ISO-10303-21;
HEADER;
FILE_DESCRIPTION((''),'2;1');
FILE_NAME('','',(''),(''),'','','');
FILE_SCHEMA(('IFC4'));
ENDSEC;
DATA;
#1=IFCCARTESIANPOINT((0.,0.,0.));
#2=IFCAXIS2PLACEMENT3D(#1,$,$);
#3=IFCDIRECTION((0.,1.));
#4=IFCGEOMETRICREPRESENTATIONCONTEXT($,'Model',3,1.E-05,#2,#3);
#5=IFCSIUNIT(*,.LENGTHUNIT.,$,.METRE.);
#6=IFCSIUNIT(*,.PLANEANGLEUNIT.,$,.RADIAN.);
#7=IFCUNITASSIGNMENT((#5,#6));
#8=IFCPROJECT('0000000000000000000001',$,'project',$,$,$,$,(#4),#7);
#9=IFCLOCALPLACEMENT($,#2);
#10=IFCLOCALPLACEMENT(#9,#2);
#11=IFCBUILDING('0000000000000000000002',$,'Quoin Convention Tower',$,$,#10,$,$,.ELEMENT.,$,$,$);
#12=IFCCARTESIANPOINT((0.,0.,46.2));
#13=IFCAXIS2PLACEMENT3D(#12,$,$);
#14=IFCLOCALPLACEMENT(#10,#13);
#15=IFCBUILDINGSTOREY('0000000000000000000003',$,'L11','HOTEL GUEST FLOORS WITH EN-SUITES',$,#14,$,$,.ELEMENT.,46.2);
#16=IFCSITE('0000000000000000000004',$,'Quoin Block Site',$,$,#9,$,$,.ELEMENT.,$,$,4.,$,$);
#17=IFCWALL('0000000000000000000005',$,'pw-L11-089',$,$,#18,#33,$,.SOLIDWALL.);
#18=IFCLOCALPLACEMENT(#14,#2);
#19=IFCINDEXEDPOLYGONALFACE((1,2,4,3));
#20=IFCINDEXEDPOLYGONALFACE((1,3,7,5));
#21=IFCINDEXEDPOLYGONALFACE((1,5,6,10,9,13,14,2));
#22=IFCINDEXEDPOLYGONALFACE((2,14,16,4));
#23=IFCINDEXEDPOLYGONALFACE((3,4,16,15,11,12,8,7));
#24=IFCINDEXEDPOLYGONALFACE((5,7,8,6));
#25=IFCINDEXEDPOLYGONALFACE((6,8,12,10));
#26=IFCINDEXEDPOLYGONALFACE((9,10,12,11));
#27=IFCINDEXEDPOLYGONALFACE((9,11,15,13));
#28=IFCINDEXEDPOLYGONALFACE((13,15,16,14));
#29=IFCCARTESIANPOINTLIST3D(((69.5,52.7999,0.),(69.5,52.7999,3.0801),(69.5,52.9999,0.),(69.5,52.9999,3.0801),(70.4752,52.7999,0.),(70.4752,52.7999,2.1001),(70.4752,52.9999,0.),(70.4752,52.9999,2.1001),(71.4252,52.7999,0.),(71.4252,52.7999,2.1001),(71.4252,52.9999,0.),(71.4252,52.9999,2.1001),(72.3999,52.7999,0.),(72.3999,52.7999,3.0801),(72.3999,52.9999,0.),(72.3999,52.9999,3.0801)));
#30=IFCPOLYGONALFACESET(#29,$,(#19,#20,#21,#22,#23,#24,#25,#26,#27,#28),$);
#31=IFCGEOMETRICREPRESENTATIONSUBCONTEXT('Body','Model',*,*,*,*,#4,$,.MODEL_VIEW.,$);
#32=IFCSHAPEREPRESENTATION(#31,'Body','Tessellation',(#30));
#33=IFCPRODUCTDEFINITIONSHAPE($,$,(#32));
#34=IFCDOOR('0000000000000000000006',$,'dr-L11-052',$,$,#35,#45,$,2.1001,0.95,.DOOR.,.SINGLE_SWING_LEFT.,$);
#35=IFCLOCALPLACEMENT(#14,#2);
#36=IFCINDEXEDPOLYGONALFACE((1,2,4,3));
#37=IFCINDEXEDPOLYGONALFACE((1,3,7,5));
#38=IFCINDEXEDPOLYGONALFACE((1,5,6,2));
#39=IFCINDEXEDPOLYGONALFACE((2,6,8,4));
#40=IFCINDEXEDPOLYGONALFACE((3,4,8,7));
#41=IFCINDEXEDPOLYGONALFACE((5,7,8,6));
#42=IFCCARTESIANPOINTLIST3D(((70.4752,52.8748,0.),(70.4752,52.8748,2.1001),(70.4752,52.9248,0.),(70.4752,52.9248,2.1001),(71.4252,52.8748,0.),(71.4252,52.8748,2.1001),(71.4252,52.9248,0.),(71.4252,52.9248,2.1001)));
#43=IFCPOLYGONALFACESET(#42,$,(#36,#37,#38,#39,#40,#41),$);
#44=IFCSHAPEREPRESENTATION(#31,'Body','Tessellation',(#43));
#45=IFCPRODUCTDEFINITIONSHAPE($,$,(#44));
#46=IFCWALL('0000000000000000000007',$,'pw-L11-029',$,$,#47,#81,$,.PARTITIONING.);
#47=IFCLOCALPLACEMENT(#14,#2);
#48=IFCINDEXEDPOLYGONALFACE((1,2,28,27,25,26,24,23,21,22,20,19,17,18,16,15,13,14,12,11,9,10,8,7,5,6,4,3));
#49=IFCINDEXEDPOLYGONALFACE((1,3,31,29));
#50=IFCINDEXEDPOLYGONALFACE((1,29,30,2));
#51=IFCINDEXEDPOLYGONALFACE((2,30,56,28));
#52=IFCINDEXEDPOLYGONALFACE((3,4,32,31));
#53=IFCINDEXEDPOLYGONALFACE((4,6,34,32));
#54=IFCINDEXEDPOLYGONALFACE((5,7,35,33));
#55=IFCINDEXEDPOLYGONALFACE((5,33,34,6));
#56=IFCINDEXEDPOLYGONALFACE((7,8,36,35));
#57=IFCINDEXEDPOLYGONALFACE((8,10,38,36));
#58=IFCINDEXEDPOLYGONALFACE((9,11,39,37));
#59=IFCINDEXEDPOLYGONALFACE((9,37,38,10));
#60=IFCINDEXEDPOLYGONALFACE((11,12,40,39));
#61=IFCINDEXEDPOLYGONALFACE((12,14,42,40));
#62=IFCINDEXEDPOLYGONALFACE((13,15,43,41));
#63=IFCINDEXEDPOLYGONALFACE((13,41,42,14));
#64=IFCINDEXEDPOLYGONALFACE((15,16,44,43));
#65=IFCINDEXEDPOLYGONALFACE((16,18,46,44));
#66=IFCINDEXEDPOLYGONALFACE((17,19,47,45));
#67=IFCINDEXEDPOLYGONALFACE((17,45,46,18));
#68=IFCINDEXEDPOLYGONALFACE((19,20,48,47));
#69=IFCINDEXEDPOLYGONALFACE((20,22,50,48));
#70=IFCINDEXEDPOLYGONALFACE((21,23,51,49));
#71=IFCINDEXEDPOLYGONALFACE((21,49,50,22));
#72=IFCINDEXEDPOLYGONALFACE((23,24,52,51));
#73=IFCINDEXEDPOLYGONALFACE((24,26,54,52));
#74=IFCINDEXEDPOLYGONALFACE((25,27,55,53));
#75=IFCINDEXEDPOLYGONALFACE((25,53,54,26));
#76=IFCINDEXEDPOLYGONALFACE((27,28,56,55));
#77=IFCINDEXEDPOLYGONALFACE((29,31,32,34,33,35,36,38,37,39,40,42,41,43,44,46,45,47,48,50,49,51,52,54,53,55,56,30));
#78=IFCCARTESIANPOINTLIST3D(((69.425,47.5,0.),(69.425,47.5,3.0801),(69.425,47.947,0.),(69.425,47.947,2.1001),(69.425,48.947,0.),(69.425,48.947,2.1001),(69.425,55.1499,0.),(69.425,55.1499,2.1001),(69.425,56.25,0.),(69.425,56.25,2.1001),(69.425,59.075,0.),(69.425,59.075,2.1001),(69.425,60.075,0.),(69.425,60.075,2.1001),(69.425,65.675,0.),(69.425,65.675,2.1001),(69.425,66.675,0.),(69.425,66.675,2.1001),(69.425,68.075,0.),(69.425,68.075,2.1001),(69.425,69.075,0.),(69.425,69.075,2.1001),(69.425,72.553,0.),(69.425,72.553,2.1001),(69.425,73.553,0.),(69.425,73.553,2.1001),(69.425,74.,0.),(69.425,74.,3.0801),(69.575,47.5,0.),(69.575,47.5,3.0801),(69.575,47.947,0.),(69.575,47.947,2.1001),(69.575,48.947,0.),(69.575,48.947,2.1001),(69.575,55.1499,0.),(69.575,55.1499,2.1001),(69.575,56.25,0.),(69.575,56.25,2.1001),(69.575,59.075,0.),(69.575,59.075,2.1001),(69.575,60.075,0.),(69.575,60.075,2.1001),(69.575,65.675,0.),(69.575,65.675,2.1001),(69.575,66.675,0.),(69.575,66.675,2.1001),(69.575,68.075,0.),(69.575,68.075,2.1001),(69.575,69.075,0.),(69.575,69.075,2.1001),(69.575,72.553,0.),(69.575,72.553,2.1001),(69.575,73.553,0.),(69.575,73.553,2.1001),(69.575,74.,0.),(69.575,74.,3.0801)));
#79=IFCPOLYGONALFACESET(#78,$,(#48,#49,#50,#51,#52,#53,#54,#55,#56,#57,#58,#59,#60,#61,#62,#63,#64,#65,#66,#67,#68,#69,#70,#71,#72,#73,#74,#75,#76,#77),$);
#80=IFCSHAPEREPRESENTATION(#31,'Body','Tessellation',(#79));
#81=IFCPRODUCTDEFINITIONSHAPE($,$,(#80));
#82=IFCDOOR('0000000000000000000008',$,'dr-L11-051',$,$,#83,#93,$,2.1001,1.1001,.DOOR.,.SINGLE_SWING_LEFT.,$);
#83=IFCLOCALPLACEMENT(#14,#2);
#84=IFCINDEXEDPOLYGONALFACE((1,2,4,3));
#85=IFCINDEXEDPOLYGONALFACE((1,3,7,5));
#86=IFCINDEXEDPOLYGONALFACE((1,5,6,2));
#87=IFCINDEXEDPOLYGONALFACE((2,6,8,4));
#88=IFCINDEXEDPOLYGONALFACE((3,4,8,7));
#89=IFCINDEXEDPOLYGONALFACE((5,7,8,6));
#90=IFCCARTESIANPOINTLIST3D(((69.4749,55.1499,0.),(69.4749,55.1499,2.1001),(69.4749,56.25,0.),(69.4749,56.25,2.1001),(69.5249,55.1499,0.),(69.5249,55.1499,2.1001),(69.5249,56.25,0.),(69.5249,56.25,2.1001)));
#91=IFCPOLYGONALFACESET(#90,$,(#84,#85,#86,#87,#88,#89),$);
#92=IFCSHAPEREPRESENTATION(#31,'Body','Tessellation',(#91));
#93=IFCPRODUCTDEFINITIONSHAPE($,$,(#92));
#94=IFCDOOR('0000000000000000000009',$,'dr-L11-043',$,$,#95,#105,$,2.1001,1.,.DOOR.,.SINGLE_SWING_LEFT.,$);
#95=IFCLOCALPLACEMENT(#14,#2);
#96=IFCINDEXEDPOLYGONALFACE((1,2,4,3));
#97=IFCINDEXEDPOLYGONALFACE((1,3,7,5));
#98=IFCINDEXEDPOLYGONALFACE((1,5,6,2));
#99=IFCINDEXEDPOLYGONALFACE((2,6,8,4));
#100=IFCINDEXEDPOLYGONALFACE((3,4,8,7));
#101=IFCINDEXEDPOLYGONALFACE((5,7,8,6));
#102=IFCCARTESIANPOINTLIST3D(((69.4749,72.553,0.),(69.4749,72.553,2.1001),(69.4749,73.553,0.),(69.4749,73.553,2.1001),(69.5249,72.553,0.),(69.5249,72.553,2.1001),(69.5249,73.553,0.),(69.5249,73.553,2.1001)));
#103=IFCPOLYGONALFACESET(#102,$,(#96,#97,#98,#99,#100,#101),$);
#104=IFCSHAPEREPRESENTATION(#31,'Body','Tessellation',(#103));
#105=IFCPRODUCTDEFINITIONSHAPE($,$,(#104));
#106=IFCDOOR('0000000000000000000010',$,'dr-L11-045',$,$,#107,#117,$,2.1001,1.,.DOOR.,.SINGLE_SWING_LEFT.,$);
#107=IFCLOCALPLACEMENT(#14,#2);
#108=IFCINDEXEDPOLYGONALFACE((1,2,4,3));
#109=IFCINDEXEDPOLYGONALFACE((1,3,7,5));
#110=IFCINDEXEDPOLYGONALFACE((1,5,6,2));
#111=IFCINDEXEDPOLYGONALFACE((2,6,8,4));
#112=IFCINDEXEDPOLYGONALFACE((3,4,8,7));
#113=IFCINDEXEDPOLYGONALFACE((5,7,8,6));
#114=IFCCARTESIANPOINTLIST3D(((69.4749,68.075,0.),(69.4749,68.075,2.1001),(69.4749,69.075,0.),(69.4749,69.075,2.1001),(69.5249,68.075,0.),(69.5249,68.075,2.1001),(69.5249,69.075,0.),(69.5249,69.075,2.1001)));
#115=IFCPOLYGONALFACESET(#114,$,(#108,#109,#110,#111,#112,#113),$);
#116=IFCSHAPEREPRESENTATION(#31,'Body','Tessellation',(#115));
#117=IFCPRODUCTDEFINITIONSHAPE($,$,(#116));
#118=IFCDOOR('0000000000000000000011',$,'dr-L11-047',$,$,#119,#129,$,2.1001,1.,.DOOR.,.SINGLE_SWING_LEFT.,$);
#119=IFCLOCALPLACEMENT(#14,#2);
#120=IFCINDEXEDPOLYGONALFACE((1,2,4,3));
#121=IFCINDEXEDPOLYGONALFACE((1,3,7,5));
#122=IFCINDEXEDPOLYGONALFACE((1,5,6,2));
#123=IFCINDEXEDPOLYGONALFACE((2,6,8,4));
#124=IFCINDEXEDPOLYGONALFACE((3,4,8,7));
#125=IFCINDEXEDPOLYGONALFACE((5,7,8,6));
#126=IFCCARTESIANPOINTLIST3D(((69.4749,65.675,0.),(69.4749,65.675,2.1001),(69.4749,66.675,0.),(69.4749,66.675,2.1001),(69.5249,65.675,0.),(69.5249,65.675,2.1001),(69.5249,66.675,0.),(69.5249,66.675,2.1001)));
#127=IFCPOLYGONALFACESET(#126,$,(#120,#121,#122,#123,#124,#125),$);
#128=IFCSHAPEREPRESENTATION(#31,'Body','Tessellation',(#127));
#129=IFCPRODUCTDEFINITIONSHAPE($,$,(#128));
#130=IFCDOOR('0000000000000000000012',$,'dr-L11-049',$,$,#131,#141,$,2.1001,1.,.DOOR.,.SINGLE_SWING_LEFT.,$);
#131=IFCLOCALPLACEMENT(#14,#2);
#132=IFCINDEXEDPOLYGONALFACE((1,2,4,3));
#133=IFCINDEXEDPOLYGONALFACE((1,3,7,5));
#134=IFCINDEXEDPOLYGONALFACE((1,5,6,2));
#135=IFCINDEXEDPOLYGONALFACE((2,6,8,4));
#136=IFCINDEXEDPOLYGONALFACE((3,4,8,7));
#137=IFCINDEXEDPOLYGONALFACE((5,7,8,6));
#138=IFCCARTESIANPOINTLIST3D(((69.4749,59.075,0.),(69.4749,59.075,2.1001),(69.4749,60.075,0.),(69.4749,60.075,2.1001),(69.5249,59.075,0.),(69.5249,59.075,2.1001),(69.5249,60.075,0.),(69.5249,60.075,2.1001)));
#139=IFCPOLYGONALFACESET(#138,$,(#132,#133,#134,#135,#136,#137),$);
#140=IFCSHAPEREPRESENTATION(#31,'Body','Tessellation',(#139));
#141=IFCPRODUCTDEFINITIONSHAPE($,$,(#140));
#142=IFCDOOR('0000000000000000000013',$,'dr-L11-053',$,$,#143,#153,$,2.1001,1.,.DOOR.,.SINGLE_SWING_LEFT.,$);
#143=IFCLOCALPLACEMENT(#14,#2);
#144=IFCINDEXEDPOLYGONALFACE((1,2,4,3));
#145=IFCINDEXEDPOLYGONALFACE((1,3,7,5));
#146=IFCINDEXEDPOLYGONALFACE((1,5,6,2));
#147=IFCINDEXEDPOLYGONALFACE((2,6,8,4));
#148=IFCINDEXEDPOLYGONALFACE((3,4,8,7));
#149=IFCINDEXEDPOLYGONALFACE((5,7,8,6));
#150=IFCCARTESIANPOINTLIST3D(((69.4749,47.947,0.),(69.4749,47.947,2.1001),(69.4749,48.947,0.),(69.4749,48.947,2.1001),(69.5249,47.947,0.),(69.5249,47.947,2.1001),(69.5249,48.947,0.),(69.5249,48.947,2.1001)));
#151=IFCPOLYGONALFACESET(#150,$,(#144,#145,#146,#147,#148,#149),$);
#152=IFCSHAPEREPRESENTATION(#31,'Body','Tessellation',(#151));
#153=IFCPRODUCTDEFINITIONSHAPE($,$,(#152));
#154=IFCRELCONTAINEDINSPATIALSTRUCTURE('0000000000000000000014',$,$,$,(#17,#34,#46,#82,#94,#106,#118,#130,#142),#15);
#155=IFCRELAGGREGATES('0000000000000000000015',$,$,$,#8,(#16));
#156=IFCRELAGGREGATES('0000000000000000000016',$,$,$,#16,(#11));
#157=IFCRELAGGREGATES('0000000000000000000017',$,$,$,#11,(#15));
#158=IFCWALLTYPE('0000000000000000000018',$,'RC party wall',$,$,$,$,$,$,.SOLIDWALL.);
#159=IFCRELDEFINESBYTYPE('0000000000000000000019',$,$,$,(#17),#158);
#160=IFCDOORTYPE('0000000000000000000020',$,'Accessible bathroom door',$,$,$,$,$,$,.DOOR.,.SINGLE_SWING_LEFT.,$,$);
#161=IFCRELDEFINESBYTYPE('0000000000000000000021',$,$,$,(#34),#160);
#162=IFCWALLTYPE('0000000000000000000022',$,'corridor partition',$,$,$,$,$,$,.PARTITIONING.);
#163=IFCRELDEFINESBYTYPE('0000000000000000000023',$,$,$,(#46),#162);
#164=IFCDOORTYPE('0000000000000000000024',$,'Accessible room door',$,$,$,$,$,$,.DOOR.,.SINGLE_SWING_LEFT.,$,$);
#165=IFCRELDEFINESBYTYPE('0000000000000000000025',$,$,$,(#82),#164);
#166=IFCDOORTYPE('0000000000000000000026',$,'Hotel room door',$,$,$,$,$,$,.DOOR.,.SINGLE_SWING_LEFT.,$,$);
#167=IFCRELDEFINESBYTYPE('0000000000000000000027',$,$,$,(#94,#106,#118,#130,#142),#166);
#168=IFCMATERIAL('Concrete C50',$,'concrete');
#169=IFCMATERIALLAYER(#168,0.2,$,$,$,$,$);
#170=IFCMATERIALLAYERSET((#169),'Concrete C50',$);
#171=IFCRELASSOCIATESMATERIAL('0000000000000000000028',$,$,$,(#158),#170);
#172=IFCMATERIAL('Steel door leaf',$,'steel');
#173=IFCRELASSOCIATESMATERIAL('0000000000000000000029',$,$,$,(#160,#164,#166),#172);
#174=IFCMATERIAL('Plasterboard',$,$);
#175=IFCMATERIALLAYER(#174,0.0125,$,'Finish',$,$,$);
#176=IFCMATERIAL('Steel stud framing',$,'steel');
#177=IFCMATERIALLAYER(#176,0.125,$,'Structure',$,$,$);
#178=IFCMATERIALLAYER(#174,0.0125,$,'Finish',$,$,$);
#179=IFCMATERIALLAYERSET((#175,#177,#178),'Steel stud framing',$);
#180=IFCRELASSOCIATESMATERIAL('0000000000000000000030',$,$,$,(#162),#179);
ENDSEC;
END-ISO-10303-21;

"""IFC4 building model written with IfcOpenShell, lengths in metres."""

from ifc_helpers import new_model, si_unit, direction, frame, frame_2d, origin, place, context, subcontext, project, spatial, rectangle, extrude, material, layer, layer_set, type_object, element, fill, save


model = new_model("IFC4")

# Units and contexts
model_context = context("Model", 3, precision=1e-05, world=origin(), true_north=direction((0.0, 1.0)))
body_context = subcontext(model_context, "Body", "Model", "MODEL_VIEW")
ifc_project = project(units=[si_unit("LENGTHUNIT", "METRE"), si_unit("PLANEANGLEUNIT", "RADIAN")], contexts=[model_context])

# Site, building, storey
site_placement = place(None, origin())
site = spatial("IfcSite", under=ifc_project, at=site_placement, Name="Quoin Block Site", CompositionType="ELEMENT", RefElevation=4.0)
building_placement = place(site_placement, origin())
building = spatial("IfcBuilding", under=site, at=building_placement, Name="Quoin Convention Tower", CompositionType="ELEMENT")
storey_placement = place(building_placement, frame((0.0, 0.0, 46.2)))
storey = spatial("IfcBuildingStorey", under=building, at=storey_placement, Name="L11", Description="HOTEL GUEST FLOORS WITH EN-SUITES", CompositionType="ELEMENT", Elevation=46.2)

# Shared definitions
ifc_material_1 = material(Name="Plasterboard")
ifc_material_2 = material(Name="Steel stud framing", Category="steel")
ifc_material_3 = material(Name="Concrete C50", Category="concrete")

# Shared definitions
ifc_material_4 = material(Name="Steel door leaf", Category="steel")

# Shared definitions
ifc_layer_1 = layer(ifc_material_3, 0.2)
ifc_layer_set_1 = layer_set([ifc_layer_1], Name="Concrete C50")
wall_type_1 = type_object("IfcWallType", Name="RC party wall", PredefinedType="SOLIDWALL", material=ifc_layer_set_1)

# Wall, opening, door
wall_1_placement = place(storey_placement, frame((69.5, 52.8999, 0.0), z_axis=(0.0, 0.0, 1.0), x_axis=(1.0, 0.0, 0.0)))
wall_1 = element("IfcWall", 1, at=wall_1_placement, inside=storey, type_object=wall_type_1, Name="pw-L11-089", PredefinedType="SOLIDWALL", context=body_context, shape_type="SweptSolid", body=[
    extrude(rectangle(XDim=2.8999, YDim=0.2, at=frame_2d((1.45, 0.0))), origin(), (0.0, 0.0, 1.0), 3.0801),
])
opening_1_placement = place(wall_1_placement, frame((0.9751, 0.0, 0.0)))
opening_1 = element("IfcOpeningElement", 2, at=opening_1_placement, cuts=wall_1, PredefinedType="OPENING", context=body_context, shape_type="SweptSolid", body=[
    extrude(rectangle(XDim=0.95, YDim=2.1001, at=frame_2d((0.4751, 1.05))), frame((0.0, 0.1099, 0.0), z_axis=(0.0, -1.0, 0.0), x_axis=(1.0, 0.0, 0.0)), (0.0, 0.0, 1.0), 0.22),
])
door_type_1 = type_object("IfcDoorType", Name="Accessible bathroom door", OperationType="SINGLE_SWING_LEFT", PredefinedType="DOOR", material=ifc_material_4)
door_1_placement = place(opening_1_placement, origin())
door_1 = element("IfcDoor", 3, at=door_1_placement, inside=storey, type_object=door_type_1, Name="dr-L11-052", OperationType="SINGLE_SWING_LEFT", OverallHeight=2.1001, OverallWidth=0.95, PredefinedType="DOOR", context=body_context, shape_type="SweptSolid", body=[
    extrude(rectangle(XDim=0.95, YDim=2.1001, at=frame_2d((0.4751, 1.05))), frame((0.0, 0.0249, 0.0), z_axis=(0.0, -1.0, 0.0), x_axis=(1.0, 0.0, 0.0)), (0.0, 0.0, 1.0), 0.05),
])
fill(opening_1, door_1)

# Wall, openings, doors
ifc_layer_2 = layer(ifc_material_1, 0.0125, Name="Finish")
ifc_layer_3 = layer(ifc_material_2, 0.125, Name="Structure")
ifc_layer_4 = layer(ifc_material_1, 0.0125, Name="Finish")
ifc_layer_set_2 = layer_set([ifc_layer_2, ifc_layer_3, ifc_layer_4], Name="Steel stud framing")
wall_type_2 = type_object("IfcWallType", Name="corridor partition", PredefinedType="PARTITIONING", material=ifc_layer_set_2)
wall_2_placement = place(storey_placement, frame((69.5, 47.5, 0.0), z_axis=(0.0, 0.0, 1.0), x_axis=(0.0, 1.0, 0.0)))
wall_2 = element("IfcWall", 4, at=wall_2_placement, inside=storey, type_object=wall_type_2, Name="pw-L11-029", PredefinedType="PARTITIONING", context=body_context, shape_type="SweptSolid", body=[
    extrude(rectangle(XDim=26.5, YDim=0.1499, at=frame_2d((13.25, 0.0))), origin(), (0.0, 0.0, 1.0), 3.0801),
])
opening_2_placement = place(wall_2_placement, frame((25.053, 0.0, 0.0)))
opening_2 = element("IfcOpeningElement", 5, at=opening_2_placement, cuts=wall_2, PredefinedType="OPENING", context=body_context, shape_type="SweptSolid", body=[
    extrude(rectangle(XDim=1.0, YDim=2.1001, at=frame_2d((0.5, 1.05))), frame((0.0, 0.085, 0.0), z_axis=(0.0, -1.0, 0.0), x_axis=(1.0, 0.0, 0.0)), (0.0, 0.0, 1.0), 0.1699),
])
opening_3_placement = place(wall_2_placement, frame((20.575, 0.0, 0.0)))
opening_3 = element("IfcOpeningElement", 6, at=opening_3_placement, cuts=wall_2, PredefinedType="OPENING", context=body_context, shape_type="SweptSolid", body=[
    extrude(rectangle(XDim=1.0, YDim=2.1001, at=frame_2d((0.5, 1.05))), frame((0.0, 0.085, 0.0), z_axis=(0.0, -1.0, 0.0), x_axis=(1.0, 0.0, 0.0)), (0.0, 0.0, 1.0), 0.1699),
])
opening_4_placement = place(wall_2_placement, frame((18.175, 0.0, 0.0)))
opening_4 = element("IfcOpeningElement", 7, at=opening_4_placement, cuts=wall_2, PredefinedType="OPENING", context=body_context, shape_type="SweptSolid", body=[
    extrude(rectangle(XDim=1.0, YDim=2.1001, at=frame_2d((0.5, 1.05))), frame((0.0, 0.085, 0.0), z_axis=(0.0, -1.0, 0.0), x_axis=(1.0, 0.0, 0.0)), (0.0, 0.0, 1.0), 0.1699),
])
opening_5_placement = place(wall_2_placement, frame((11.575, 0.0, 0.0)))
opening_5 = element("IfcOpeningElement", 8, at=opening_5_placement, cuts=wall_2, PredefinedType="OPENING", context=body_context, shape_type="SweptSolid", body=[
    extrude(rectangle(XDim=1.0, YDim=2.1001, at=frame_2d((0.5, 1.05))), frame((0.0, 0.085, 0.0), z_axis=(0.0, -1.0, 0.0), x_axis=(1.0, 0.0, 0.0)), (0.0, 0.0, 1.0), 0.1699),
])
opening_6_placement = place(wall_2_placement, frame((7.6499, 0.0, 0.0)))
opening_6 = element("IfcOpeningElement", 9, at=opening_6_placement, cuts=wall_2, PredefinedType="OPENING", context=body_context, shape_type="SweptSolid", body=[
    extrude(rectangle(XDim=1.1001, YDim=2.1001, at=frame_2d((0.55, 1.05))), frame((0.0, 0.085, 0.0), z_axis=(0.0, -1.0, 0.0), x_axis=(1.0, 0.0, 0.0)), (0.0, 0.0, 1.0), 0.1699),
])
opening_7_placement = place(wall_2_placement, frame((0.447, 0.0, 0.0)))
opening_7 = element("IfcOpeningElement", 10, at=opening_7_placement, cuts=wall_2, PredefinedType="OPENING", context=body_context, shape_type="SweptSolid", body=[
    extrude(rectangle(XDim=1.0, YDim=2.1001, at=frame_2d((0.5, 1.05))), frame((0.0, 0.085, 0.0), z_axis=(0.0, -1.0, 0.0), x_axis=(1.0, 0.0, 0.0)), (0.0, 0.0, 1.0), 0.1699),
])
door_type_2 = type_object("IfcDoorType", Name="Accessible room door", OperationType="SINGLE_SWING_LEFT", PredefinedType="DOOR", material=ifc_material_4)
door_2_placement = place(opening_6_placement, frame((1.1001, 0.0, 0.0), z_axis=(0.0, 0.0, 1.0), x_axis=(-1.0, 0.0, 0.0)))
door_2 = element("IfcDoor", 11, at=door_2_placement, inside=storey, type_object=door_type_2, Name="dr-L11-051", OperationType="SINGLE_SWING_LEFT", OverallHeight=2.1001, OverallWidth=1.1001, PredefinedType="DOOR", context=body_context, shape_type="SweptSolid", body=[
    extrude(rectangle(XDim=1.1001, YDim=2.1001, at=frame_2d((0.55, 1.05))), frame((0.0, 0.0249, 0.0), z_axis=(0.0, -1.0, 0.0), x_axis=(1.0, 0.0, 0.0)), (0.0, 0.0, 1.0), 0.05),
])
fill(opening_6, door_2)
door_type_3 = type_object("IfcDoorType", Name="Hotel room door", OperationType="SINGLE_SWING_LEFT", PredefinedType="DOOR", material=ifc_material_4)
door_3_placement = place(opening_2_placement, frame((1.0, 0.0, 0.0), z_axis=(0.0, 0.0, 1.0), x_axis=(-1.0, 0.0, 0.0)))
door_3 = element("IfcDoor", 12, at=door_3_placement, inside=storey, type_object=door_type_3, Name="dr-L11-043", OperationType="SINGLE_SWING_LEFT", OverallHeight=2.1001, OverallWidth=1.0, PredefinedType="DOOR", context=body_context, shape_type="SweptSolid", body=[
    extrude(rectangle(XDim=1.0, YDim=2.1001, at=frame_2d((0.5, 1.05))), frame((0.0, 0.0249, 0.0), z_axis=(0.0, -1.0, 0.0), x_axis=(1.0, 0.0, 0.0)), (0.0, 0.0, 1.0), 0.05),
])
fill(opening_2, door_3)
door_4_placement = place(opening_3_placement, frame((1.0, 0.0, 0.0), z_axis=(0.0, 0.0, 1.0), x_axis=(-1.0, 0.0, 0.0)))
door_4 = element("IfcDoor", 13, at=door_4_placement, inside=storey, type_object=door_type_3, Name="dr-L11-045", OperationType="SINGLE_SWING_LEFT", OverallHeight=2.1001, OverallWidth=1.0, PredefinedType="DOOR", context=body_context, shape_type="SweptSolid", body=[
    extrude(rectangle(XDim=1.0, YDim=2.1001, at=frame_2d((0.5, 1.05))), frame((0.0, 0.0249, 0.0), z_axis=(0.0, -1.0, 0.0), x_axis=(1.0, 0.0, 0.0)), (0.0, 0.0, 1.0), 0.05),
])
fill(opening_3, door_4)
door_5_placement = place(opening_4_placement, frame((1.0, 0.0, 0.0), z_axis=(0.0, 0.0, 1.0), x_axis=(-1.0, 0.0, 0.0)))
door_5 = element("IfcDoor", 14, at=door_5_placement, inside=storey, type_object=door_type_3, Name="dr-L11-047", OperationType="SINGLE_SWING_LEFT", OverallHeight=2.1001, OverallWidth=1.0, PredefinedType="DOOR", context=body_context, shape_type="SweptSolid", body=[
    extrude(rectangle(XDim=1.0, YDim=2.1001, at=frame_2d((0.5, 1.05))), frame((0.0, 0.0249, 0.0), z_axis=(0.0, -1.0, 0.0), x_axis=(1.0, 0.0, 0.0)), (0.0, 0.0, 1.0), 0.05),
])
fill(opening_4, door_5)
door_6_placement = place(opening_5_placement, frame((1.0, 0.0, 0.0), z_axis=(0.0, 0.0, 1.0), x_axis=(-1.0, 0.0, 0.0)))
door_6 = element("IfcDoor", 15, at=door_6_placement, inside=storey, type_object=door_type_3, Name="dr-L11-049", OperationType="SINGLE_SWING_LEFT", OverallHeight=2.1001, OverallWidth=1.0, PredefinedType="DOOR", context=body_context, shape_type="SweptSolid", body=[
    extrude(rectangle(XDim=1.0, YDim=2.1001, at=frame_2d((0.5, 1.05))), frame((0.0, 0.0249, 0.0), z_axis=(0.0, -1.0, 0.0), x_axis=(1.0, 0.0, 0.0)), (0.0, 0.0, 1.0), 0.05),
])
fill(opening_5, door_6)
door_7_placement = place(opening_7_placement, frame((1.0, 0.0, 0.0), z_axis=(0.0, 0.0, 1.0), x_axis=(-1.0, 0.0, 0.0)))
door_7 = element("IfcDoor", 16, at=door_7_placement, inside=storey, type_object=door_type_3, Name="dr-L11-053", OperationType="SINGLE_SWING_LEFT", OverallHeight=2.1001, OverallWidth=1.0, PredefinedType="DOOR", context=body_context, shape_type="SweptSolid", body=[
    extrude(rectangle(XDim=1.0, YDim=2.1001, at=frame_2d((0.5, 1.05))), frame((0.0, 0.0249, 0.0), z_axis=(0.0, -1.0, 0.0), x_axis=(1.0, 0.0, 0.0)), (0.0, 0.0, 1.0), 0.05),
])
fill(opening_7, door_7)

save(model, "model.ifc")
